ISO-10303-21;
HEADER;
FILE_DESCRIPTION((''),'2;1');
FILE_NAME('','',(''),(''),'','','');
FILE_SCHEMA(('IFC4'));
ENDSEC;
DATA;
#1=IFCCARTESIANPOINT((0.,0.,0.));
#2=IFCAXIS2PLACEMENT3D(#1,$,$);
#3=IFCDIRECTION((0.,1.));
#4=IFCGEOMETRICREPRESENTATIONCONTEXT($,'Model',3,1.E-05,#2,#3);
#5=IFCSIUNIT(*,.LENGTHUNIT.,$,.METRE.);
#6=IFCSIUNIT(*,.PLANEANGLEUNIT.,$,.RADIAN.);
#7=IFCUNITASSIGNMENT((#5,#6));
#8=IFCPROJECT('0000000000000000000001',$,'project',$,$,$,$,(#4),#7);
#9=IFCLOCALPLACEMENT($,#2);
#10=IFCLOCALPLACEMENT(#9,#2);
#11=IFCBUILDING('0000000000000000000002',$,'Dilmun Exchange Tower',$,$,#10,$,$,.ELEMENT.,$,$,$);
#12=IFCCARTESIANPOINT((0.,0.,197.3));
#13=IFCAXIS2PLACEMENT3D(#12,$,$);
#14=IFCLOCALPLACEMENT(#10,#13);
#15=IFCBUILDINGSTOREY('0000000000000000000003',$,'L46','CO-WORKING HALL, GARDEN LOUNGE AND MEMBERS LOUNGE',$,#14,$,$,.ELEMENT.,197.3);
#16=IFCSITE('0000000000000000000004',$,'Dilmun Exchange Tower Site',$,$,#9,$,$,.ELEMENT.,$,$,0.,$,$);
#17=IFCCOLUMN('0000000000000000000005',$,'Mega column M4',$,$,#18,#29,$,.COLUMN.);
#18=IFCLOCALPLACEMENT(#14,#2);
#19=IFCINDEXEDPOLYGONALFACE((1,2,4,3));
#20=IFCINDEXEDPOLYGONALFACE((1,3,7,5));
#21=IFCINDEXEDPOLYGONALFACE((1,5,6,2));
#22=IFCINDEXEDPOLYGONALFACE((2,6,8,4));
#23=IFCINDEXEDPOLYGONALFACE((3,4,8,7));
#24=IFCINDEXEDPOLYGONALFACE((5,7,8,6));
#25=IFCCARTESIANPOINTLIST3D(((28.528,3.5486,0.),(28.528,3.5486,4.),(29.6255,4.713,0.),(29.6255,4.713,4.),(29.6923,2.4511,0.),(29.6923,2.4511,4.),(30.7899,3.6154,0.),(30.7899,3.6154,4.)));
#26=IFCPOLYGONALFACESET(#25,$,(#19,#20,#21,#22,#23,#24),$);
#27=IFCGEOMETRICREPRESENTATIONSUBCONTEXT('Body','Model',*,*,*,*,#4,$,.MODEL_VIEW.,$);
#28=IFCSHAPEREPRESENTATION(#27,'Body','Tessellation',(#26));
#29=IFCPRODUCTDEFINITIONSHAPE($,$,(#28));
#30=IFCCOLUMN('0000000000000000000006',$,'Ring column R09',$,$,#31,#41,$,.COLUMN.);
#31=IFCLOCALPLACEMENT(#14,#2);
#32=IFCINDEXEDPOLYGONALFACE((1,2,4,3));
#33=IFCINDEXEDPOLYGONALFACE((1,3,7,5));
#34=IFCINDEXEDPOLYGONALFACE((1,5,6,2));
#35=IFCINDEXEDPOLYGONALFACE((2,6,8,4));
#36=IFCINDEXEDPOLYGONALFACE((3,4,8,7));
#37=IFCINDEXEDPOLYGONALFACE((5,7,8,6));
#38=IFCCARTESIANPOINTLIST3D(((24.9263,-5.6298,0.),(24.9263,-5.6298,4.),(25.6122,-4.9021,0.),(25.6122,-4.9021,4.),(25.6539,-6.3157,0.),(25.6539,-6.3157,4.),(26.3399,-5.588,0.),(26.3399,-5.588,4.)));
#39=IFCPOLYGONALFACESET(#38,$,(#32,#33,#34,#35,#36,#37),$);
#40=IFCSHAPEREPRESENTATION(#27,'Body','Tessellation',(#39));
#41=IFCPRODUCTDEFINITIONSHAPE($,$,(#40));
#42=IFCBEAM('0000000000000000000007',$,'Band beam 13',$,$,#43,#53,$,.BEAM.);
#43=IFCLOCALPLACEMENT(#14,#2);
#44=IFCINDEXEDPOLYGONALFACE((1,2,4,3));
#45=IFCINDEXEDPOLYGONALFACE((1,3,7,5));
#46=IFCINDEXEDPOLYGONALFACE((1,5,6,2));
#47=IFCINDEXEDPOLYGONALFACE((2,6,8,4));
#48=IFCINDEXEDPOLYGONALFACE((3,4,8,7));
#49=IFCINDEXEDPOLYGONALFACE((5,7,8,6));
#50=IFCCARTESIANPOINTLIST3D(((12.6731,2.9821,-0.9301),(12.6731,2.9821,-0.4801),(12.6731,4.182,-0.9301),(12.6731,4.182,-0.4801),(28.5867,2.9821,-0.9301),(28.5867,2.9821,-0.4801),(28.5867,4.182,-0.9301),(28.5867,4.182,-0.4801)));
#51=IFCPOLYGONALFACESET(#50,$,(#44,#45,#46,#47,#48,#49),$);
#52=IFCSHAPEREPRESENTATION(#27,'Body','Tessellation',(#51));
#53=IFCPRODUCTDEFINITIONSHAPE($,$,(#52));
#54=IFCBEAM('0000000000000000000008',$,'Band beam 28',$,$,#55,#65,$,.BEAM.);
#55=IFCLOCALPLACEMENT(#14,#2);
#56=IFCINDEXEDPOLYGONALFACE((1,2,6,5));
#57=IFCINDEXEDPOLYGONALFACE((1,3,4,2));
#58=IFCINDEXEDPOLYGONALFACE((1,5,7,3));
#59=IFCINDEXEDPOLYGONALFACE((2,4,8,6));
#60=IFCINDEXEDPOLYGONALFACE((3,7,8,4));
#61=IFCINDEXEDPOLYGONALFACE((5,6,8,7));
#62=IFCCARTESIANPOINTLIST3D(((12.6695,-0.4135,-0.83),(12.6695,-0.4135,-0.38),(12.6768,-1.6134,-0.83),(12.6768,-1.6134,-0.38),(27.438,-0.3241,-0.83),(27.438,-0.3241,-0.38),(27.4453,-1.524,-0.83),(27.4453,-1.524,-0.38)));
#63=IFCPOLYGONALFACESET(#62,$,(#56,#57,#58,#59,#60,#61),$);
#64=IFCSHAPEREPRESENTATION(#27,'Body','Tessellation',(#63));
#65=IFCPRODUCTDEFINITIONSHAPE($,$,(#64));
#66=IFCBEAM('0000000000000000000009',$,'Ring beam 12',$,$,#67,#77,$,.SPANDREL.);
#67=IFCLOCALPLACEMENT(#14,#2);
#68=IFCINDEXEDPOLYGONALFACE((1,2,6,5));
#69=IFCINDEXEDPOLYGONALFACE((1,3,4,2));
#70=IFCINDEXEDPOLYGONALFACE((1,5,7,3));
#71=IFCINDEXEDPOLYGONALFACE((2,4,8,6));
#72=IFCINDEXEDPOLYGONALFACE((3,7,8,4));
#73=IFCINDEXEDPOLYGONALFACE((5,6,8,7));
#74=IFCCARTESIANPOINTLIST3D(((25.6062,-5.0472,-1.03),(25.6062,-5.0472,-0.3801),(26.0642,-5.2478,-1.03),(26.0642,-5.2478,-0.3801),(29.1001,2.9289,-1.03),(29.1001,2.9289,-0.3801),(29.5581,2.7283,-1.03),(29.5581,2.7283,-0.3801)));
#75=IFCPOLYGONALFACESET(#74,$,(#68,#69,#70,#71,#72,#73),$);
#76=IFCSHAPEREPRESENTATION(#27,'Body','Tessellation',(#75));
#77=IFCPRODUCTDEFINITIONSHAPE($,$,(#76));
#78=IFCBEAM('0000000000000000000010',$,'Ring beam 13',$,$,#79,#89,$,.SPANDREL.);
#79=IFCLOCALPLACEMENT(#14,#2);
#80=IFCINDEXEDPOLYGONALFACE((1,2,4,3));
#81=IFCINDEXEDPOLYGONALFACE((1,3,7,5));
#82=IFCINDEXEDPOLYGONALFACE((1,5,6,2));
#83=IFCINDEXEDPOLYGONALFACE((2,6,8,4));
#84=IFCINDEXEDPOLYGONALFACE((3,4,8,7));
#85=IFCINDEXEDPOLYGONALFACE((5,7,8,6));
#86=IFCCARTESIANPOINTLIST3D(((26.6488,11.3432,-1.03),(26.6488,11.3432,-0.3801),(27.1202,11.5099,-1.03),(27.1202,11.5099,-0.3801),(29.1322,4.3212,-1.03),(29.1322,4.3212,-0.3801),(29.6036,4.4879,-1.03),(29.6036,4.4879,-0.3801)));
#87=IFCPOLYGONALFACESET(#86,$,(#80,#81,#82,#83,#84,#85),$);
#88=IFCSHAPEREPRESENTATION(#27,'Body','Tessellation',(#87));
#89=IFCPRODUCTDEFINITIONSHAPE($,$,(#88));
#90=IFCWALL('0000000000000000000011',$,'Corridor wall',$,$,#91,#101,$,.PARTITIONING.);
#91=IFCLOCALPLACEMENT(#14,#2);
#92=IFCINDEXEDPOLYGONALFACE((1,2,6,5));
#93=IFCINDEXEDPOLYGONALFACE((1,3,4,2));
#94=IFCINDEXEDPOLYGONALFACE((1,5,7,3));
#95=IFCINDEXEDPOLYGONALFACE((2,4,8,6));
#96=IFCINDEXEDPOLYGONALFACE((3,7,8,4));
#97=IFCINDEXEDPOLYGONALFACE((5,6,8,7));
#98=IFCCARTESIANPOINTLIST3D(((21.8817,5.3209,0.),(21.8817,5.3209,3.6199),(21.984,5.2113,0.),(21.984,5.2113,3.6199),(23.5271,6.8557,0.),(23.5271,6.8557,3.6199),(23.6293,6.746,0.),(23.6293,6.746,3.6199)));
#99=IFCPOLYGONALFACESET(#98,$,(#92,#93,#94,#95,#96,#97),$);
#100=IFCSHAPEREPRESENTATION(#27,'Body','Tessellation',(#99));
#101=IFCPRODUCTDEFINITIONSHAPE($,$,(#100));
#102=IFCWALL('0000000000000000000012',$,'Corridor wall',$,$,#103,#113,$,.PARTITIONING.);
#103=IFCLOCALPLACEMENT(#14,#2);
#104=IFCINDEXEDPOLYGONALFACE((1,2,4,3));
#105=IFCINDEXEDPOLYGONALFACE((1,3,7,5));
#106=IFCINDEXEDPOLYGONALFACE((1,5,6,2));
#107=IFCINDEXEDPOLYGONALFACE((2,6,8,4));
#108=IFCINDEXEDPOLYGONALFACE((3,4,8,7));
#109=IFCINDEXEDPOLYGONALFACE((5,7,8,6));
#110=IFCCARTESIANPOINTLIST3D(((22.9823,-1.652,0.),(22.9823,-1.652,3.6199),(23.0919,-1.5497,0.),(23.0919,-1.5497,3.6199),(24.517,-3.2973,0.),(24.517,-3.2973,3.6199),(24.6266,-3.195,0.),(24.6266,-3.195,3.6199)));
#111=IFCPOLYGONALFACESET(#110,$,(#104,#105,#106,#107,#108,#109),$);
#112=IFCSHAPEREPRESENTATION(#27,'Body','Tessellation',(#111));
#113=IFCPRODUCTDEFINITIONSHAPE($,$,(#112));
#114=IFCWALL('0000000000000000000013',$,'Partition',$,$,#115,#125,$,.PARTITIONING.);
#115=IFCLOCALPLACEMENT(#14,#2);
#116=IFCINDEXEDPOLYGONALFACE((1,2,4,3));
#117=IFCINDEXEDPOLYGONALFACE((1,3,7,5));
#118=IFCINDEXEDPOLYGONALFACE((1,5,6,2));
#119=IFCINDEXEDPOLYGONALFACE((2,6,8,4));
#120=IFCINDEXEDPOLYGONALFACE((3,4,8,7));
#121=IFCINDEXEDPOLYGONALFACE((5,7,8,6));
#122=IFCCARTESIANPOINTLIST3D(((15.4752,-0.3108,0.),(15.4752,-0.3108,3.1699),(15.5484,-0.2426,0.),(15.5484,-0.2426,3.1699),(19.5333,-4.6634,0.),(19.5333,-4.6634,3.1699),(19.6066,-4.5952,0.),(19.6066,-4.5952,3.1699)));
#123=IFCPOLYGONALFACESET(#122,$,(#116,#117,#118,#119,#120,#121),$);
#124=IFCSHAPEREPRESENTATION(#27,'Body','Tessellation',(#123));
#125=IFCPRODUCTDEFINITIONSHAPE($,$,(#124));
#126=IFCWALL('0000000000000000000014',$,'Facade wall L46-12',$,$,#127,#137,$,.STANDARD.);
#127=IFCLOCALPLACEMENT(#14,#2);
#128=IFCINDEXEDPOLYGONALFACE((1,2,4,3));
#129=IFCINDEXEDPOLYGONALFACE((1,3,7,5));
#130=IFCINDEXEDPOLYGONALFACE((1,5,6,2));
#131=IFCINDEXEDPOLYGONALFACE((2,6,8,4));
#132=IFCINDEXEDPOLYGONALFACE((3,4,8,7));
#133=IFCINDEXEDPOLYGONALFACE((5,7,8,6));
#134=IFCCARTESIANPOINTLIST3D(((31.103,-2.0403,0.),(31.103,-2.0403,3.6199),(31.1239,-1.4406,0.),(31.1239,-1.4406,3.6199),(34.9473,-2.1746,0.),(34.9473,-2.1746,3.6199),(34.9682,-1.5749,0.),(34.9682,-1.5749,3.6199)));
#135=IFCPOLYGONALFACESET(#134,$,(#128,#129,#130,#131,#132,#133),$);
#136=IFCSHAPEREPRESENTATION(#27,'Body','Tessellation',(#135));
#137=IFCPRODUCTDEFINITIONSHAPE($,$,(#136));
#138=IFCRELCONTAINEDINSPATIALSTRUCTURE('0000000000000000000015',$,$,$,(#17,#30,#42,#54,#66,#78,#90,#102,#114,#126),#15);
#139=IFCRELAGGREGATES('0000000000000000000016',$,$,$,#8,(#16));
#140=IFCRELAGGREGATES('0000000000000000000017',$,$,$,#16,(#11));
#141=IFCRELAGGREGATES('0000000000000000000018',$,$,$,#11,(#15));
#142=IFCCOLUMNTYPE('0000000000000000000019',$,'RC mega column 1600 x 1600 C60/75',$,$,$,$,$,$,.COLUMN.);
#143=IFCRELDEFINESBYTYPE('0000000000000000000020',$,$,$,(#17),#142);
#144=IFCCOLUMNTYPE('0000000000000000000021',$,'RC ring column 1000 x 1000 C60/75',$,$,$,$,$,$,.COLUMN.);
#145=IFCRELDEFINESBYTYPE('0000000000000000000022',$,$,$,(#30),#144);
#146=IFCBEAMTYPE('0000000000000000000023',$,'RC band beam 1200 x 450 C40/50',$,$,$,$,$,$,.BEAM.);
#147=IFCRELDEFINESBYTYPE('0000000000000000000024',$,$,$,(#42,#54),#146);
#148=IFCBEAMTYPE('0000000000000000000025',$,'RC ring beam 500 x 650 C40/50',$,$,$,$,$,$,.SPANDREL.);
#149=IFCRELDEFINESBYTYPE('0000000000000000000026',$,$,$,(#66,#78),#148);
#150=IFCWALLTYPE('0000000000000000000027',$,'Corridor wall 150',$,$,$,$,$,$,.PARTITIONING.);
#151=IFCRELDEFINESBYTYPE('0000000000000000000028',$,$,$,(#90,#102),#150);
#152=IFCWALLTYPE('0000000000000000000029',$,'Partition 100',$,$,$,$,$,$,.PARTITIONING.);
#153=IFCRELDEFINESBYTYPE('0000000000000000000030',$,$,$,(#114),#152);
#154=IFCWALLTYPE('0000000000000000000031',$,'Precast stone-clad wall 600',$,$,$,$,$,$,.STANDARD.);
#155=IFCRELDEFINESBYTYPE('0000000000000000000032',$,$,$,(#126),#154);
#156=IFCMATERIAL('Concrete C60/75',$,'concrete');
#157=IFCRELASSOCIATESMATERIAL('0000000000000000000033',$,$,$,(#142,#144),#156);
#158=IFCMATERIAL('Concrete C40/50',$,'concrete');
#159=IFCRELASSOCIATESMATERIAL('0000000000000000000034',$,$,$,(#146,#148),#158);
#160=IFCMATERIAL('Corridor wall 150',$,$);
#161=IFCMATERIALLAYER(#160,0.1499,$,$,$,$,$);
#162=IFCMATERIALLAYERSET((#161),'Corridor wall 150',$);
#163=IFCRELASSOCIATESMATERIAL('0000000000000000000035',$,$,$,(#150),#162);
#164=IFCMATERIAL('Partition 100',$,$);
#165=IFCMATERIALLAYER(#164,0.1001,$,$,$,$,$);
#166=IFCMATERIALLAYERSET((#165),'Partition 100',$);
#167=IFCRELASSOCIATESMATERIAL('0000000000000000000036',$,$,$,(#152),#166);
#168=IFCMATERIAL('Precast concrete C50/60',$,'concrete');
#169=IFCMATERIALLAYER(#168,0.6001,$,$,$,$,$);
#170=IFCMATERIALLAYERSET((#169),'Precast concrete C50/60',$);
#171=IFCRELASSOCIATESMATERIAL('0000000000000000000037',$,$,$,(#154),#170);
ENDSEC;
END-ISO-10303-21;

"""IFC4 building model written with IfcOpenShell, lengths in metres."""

from ifc_helpers import new_model, si_unit, direction, frame, frame_2d, origin, origin_2d, place, context, subcontext, project, spatial, rectangle, extrude, material, layer, layer_set, material_profile, profile_set, type_object, element, save


model = new_model("IFC4")

# Units and contexts
model_context = context("Model", 3, precision=1e-05, world=origin(), true_north=direction((0.0, 1.0)))
body_context = subcontext(model_context, "Body", "Model", "MODEL_VIEW")
ifc_project = project(units=[si_unit("LENGTHUNIT", "METRE"), si_unit("PLANEANGLEUNIT", "RADIAN")], contexts=[model_context])

# Site, building, storey
site_placement = place(None, origin())
site = spatial("IfcSite", under=ifc_project, at=site_placement, Name="Dilmun Exchange Tower Site", CompositionType="ELEMENT", RefElevation=0.0)
building_placement = place(site_placement, origin())
building = spatial("IfcBuilding", under=site, at=building_placement, Name="Dilmun Exchange Tower", CompositionType="ELEMENT")
storey_placement = place(building_placement, frame((0.0, 0.0, 197.3)))
storey = spatial("IfcBuildingStorey", under=building, at=storey_placement, Name="L46", Description="CO-WORKING HALL, GARDEN LOUNGE AND MEMBERS LOUNGE", CompositionType="ELEMENT", Elevation=197.3)

# Columns
ifc_material_1 = material(Name="Concrete C60/75", Category="concrete")
ifc_material_profile_1 = material_profile(ifc_material_1, rectangle(XDim=1.6001, YDim=1.6001, at=origin_2d()), Name="1600 x 1600")
ifc_profile_set_1 = profile_set([ifc_material_profile_1], Name="Concrete C60/75")
column_type_1 = type_object("IfcColumnType", Name="RC mega column 1600 x 1600 C60/75", PredefinedType="COLUMN", material=ifc_profile_set_1)
column_1_placement = place(storey_placement, frame((29.6589, 3.582, 0.0), z_axis=(0.0, 0.0, 1.0), x_axis=(0.685916, 0.727681, 0.0)))
element("IfcColumn", 1, at=column_1_placement, inside=storey, type_object=column_type_1, Name="Mega column M4", PredefinedType="COLUMN", context=body_context, shape_type="SweptSolid", body=[
    extrude(rectangle(XDim=1.6001, YDim=1.6001, at=origin_2d()), origin(), (0.0, 0.0, 1.0), 4.0),
])
ifc_material_profile_2 = material_profile(ifc_material_1, rectangle(XDim=1.0, YDim=1.0, at=origin_2d()), Name="1000 x 1000")
ifc_profile_set_2 = profile_set([ifc_material_profile_2], Name="Concrete C60/75")
column_type_2 = type_object("IfcColumnType", Name="RC ring column 1000 x 1000 C60/75", PredefinedType="COLUMN", material=ifc_profile_set_2)
column_2_placement = place(storey_placement, frame((25.6331, -5.6089, 0.0), z_axis=(0.0, 0.0, 1.0), x_axis=(0.685916, 0.727681, 0.0)))
element("IfcColumn", 2, at=column_2_placement, inside=storey, type_object=column_type_2, Name="Ring column R09", PredefinedType="COLUMN", context=body_context, shape_type="SweptSolid", body=[
    extrude(rectangle(XDim=1.0, YDim=1.0, at=origin_2d()), origin(), (0.0, 0.0, 1.0), 4.0),
])

# Beams
ifc_material_2 = material(Name="Concrete C40/50", Category="concrete")
ifc_material_profile_3 = material_profile(ifc_material_2, rectangle(XDim=1.2, YDim=0.45, at=origin_2d()), Name="1200 x 450")
ifc_profile_set_3 = profile_set([ifc_material_profile_3], Name="Concrete C40/50")
beam_type_1 = type_object("IfcBeamType", Name="RC band beam 1200 x 450 C40/50", PredefinedType="BEAM", material=ifc_profile_set_3)
beam_1_placement = place(storey_placement, frame((28.5867, 3.582, -0.7051), z_axis=(-1.0, 0.0, 0.0), x_axis=(0.0, -1.0, 0.0)))
element("IfcBeam", 3, at=beam_1_placement, inside=storey, type_object=beam_type_1, Name="Band beam 13", PredefinedType="BEAM", context=body_context, shape_type="SweptSolid", body=[
    extrude(rectangle(XDim=1.2, YDim=0.45, at=origin_2d()), origin(), (0.0, 0.0, 1.0), 15.9136),
])
beam_2_placement = place(storey_placement, frame((27.4417, -0.9241, -0.605), z_axis=(-0.999982, -0.00605, 0.0), x_axis=(0.00605, -0.999982, 0.0)))
element("IfcBeam", 4, at=beam_2_placement, inside=storey, type_object=beam_type_1, Name="Band beam 28", PredefinedType="BEAM", context=body_context, shape_type="SweptSolid", body=[
    extrude(rectangle(XDim=1.2, YDim=0.45, at=origin_2d()), origin(), (0.0, 0.0, 1.0), 14.7688),
])
ifc_material_profile_4 = material_profile(ifc_material_2, rectangle(XDim=0.5, YDim=0.6499, at=origin_2d()), Name="500 x 650")
ifc_profile_set_4 = profile_set([ifc_material_profile_4], Name="Concrete C40/50")
beam_type_2 = type_object("IfcBeamType", Name="RC ring beam 500 x 650 C40/50", PredefinedType="SPANDREL", material=ifc_profile_set_4)
beam_3_placement = place(storey_placement, frame((25.8352, -5.1475, -0.7051), z_axis=(0.401239, 0.915973, 0.0), x_axis=(-0.915973, 0.401239, 0.0)))
element("IfcBeam", 5, at=beam_3_placement, inside=storey, type_object=beam_type_2, Name="Ring beam 12", PredefinedType="SPANDREL", context=body_context, shape_type="SweptSolid", body=[
    extrude(rectangle(XDim=0.5, YDim=0.6499, at=origin_2d()), origin(), (0.0, 0.0, 1.0), 8.7078),
])
beam_4_placement = place(storey_placement, frame((29.3679, 4.4045, -0.7051), z_axis=(-0.333424, 0.942777, 0.0), x_axis=(-0.942777, -0.333424, 0.0)))
element("IfcBeam", 6, at=beam_4_placement, inside=storey, type_object=beam_type_2, Name="Ring beam 13", PredefinedType="SPANDREL", context=body_context, shape_type="SweptSolid", body=[
    extrude(rectangle(XDim=0.5, YDim=0.6499, at=origin_2d()), origin(), (0.0, 0.0, 1.0), 7.4482),
])

# Walls
ifc_material_3 = material(Name="Corridor wall 150")
ifc_layer_1 = layer(ifc_material_3, 0.1499)
ifc_layer_set_1 = layer_set([ifc_layer_1], Name="Corridor wall 150")
wall_type_1 = type_object("IfcWallType", Name="Corridor wall 150", PredefinedType="PARTITIONING", material=ifc_layer_set_1)
for number, where, z_axis, x_axis, name in (
    (7, (21.9329, 5.2661, 0.0), (0.0, 0.0, 1.0), (0.731257, 0.682102, 0.0), "Corridor wall"),
    (8, (23.0371, -1.6008, 0.0), (0.0, 0.0, 1.0), (0.682102, -0.731257, 0.0), "Corridor wall"),
):
    element("IfcWall", number, at=place(storey_placement, frame(where, z_axis=z_axis, x_axis=x_axis)), inside=storey, type_object=wall_type_1, Name=name, PredefinedType="PARTITIONING", context=body_context, shape_type="SweptSolid", body=[
        extrude(rectangle(XDim=2.25, YDim=0.1499, at=frame_2d((1.125, 0.0))), origin(), (0.0, 0.0, 1.0), 3.6199),
    ])
ifc_material_4 = material(Name="Partition 100")
ifc_layer_2 = layer(ifc_material_4, 0.1001)
ifc_layer_set_2 = layer_set([ifc_layer_2], Name="Partition 100")
wall_type_2 = type_object("IfcWallType", Name="Partition 100", PredefinedType="PARTITIONING", material=ifc_layer_set_2)
wall_1_placement = place(storey_placement, frame((15.5117, -0.2766, 0.0), z_axis=(0.0, 0.0, 1.0), x_axis=(0.681935, -0.731413, 0.0)))
element("IfcWall", 9, at=wall_1_placement, inside=storey, type_object=wall_type_2, Name="Partition", PredefinedType="PARTITIONING", context=body_context, shape_type="SweptSolid", body=[
    extrude(rectangle(XDim=5.9509, YDim=0.1001, at=frame_2d((2.9756, 0.0))), origin(), (0.0, 0.0, 1.0), 3.1699),
])
ifc_material_5 = material(Name="Precast concrete C50/60", Category="concrete")
ifc_layer_3 = layer(ifc_material_5, 0.6001)
ifc_layer_set_3 = layer_set([ifc_layer_3], Name="Precast concrete C50/60")
wall_type_3 = type_object("IfcWallType", Name="Precast stone-clad wall 600", PredefinedType="STANDARD", material=ifc_layer_set_3)
wall_2_placement = place(storey_placement, frame((34.9578, -1.8748, 0.0), z_axis=(0.0, 0.0, 1.0), x_axis=(-0.999391, 0.034908, 0.0)))
element("IfcWall", 10, at=wall_2_placement, inside=storey, type_object=wall_type_3, Name="Facade wall L46-12", PredefinedType="STANDARD", context=body_context, shape_type="SweptSolid", body=[
    extrude(rectangle(XDim=3.8467, YDim=0.6001, at=frame_2d((1.9233, 0.0))), origin(), (0.0, 0.0, 1.0), 3.6199),
])

save(model, "model.ifc")
